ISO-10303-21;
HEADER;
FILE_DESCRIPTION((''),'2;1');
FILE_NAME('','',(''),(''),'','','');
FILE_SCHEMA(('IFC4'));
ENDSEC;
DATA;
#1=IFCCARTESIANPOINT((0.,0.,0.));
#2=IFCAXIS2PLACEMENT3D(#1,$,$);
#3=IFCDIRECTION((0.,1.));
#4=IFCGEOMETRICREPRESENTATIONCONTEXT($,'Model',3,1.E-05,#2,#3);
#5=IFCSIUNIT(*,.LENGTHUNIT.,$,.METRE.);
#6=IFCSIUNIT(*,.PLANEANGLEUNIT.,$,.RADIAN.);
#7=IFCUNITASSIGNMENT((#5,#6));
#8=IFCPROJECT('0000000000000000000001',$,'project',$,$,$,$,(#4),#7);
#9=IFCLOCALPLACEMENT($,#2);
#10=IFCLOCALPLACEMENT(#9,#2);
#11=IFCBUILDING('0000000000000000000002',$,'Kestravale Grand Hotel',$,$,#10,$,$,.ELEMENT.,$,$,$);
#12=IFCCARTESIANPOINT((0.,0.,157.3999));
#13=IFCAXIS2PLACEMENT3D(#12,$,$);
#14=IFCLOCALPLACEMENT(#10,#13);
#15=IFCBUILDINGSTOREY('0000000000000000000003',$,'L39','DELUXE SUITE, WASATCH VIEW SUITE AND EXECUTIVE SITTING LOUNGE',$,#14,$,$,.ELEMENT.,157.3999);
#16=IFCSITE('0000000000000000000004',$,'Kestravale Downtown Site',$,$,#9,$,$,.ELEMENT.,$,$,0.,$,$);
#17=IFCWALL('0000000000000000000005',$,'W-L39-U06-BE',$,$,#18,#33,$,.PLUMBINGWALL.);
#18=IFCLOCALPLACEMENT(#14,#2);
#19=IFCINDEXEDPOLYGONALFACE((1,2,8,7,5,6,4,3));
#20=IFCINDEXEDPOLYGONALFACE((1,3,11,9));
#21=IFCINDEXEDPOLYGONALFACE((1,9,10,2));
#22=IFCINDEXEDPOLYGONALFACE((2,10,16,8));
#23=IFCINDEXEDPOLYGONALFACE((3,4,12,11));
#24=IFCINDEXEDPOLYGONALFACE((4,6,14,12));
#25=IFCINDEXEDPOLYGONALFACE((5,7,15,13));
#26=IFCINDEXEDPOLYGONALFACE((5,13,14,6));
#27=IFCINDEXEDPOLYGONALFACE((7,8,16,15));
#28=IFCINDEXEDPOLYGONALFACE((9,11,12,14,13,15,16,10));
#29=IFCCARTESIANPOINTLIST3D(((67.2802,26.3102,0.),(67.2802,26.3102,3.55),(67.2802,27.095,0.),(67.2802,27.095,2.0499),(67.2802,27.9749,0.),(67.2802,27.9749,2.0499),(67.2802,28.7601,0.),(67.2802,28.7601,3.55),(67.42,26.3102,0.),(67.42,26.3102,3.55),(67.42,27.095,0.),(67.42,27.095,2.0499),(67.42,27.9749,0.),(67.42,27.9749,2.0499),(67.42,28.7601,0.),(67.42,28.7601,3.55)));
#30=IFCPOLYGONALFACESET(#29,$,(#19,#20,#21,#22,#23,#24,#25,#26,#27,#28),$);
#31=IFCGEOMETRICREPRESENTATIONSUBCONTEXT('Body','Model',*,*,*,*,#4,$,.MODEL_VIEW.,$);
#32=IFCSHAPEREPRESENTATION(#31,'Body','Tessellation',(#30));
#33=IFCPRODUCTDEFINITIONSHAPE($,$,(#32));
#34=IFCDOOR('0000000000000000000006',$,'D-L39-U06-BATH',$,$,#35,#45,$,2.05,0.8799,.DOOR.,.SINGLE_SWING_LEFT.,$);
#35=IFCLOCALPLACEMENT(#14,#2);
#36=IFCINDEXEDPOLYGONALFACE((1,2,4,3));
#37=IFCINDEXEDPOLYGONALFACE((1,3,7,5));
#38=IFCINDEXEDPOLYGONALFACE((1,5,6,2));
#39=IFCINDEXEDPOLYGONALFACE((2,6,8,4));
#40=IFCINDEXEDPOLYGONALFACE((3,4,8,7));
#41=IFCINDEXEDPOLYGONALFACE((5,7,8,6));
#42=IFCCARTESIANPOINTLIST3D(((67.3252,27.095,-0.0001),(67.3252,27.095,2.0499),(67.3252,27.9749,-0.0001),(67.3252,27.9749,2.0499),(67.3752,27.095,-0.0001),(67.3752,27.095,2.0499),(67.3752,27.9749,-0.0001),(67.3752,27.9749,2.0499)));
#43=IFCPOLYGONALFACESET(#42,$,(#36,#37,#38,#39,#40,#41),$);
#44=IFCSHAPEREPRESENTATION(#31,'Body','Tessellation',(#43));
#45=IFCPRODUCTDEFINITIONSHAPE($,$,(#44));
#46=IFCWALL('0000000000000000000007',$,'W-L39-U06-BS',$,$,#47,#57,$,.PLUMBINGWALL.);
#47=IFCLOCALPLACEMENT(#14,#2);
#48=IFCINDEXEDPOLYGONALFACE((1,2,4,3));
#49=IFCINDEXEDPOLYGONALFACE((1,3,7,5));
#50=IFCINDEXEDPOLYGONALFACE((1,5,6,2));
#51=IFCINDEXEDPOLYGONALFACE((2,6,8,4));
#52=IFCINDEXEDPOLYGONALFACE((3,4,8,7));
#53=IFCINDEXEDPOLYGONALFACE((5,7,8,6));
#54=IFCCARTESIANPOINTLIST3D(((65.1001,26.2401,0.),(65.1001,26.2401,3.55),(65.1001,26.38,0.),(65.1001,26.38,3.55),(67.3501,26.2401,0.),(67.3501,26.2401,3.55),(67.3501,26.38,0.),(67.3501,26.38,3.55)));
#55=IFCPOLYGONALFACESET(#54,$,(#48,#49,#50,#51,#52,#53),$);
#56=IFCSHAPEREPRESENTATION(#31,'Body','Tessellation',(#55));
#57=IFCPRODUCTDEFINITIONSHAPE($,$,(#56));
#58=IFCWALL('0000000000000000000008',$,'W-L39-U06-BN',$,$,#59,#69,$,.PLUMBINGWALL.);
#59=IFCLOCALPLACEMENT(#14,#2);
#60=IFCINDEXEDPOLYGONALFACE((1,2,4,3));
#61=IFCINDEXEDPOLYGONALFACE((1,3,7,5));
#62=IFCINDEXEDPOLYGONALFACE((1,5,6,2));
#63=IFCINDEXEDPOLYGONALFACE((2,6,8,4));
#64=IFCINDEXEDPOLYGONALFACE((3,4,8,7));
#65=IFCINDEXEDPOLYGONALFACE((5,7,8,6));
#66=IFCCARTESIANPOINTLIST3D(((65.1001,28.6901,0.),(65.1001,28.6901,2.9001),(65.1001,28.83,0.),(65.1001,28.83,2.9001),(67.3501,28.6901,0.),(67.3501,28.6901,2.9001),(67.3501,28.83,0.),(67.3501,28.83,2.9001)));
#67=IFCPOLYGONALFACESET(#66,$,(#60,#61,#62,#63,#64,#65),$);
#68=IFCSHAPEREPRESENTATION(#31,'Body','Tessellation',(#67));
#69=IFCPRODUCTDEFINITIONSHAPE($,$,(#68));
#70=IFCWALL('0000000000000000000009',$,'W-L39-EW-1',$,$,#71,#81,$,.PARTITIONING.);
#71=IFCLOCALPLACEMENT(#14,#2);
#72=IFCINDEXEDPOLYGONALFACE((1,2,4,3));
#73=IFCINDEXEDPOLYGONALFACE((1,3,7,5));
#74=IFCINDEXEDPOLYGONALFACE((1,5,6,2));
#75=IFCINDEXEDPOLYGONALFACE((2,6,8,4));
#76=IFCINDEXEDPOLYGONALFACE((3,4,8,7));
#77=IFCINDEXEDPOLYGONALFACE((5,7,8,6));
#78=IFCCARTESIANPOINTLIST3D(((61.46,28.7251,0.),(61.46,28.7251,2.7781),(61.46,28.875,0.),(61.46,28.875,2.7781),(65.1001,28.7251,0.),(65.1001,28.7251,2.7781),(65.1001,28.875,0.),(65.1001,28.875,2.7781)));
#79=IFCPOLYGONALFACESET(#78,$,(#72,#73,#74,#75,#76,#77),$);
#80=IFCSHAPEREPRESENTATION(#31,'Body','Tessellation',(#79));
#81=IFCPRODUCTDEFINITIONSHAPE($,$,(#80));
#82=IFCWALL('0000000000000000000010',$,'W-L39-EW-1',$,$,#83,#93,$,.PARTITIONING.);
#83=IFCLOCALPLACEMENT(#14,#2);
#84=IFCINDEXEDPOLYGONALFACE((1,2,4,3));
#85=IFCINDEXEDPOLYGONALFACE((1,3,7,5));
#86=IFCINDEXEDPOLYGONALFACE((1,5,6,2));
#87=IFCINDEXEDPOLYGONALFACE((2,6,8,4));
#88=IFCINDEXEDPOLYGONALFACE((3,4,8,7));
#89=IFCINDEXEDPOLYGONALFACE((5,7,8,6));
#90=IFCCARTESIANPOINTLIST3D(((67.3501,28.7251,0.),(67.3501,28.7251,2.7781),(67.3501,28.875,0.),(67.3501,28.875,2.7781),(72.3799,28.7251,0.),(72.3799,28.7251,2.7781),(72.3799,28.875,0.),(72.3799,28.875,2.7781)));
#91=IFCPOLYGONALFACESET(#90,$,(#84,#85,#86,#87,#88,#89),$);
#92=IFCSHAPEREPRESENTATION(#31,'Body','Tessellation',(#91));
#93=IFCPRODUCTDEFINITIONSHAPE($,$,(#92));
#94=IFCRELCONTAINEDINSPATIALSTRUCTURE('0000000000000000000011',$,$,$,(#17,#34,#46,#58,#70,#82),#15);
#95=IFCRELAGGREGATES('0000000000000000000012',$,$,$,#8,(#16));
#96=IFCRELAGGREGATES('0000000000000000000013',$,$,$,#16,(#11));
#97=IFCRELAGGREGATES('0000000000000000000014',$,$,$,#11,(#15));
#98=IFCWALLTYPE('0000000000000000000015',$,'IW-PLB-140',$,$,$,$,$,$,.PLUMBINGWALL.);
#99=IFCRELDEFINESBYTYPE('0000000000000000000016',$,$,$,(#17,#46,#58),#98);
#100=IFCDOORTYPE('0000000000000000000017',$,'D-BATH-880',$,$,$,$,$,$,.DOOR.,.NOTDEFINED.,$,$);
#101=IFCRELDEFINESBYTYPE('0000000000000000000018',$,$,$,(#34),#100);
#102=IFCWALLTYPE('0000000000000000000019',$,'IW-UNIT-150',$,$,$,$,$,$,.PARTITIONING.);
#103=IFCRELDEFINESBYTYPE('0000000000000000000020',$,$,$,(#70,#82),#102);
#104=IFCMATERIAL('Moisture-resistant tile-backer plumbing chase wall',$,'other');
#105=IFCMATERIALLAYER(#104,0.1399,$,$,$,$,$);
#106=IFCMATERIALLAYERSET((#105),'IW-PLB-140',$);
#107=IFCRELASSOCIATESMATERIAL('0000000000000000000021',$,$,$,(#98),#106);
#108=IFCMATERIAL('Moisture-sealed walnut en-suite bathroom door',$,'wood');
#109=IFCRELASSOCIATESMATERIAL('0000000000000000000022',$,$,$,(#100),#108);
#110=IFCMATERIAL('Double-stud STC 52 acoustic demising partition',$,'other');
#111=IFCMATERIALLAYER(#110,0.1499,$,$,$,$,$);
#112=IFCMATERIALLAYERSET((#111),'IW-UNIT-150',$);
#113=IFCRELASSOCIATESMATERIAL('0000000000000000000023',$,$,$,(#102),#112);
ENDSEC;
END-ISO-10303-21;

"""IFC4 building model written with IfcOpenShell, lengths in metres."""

from ifc_helpers import new_model, si_unit, direction, frame, frame_2d, origin, place, context, subcontext, project, spatial, rectangle, extrude, material, layer, layer_set, type_object, element, fill, save


model = new_model("IFC4")

# Units and contexts
model_context = context("Model", 3, precision=1e-05, world=origin(), true_north=direction((0.0, 1.0)))
body_context = subcontext(model_context, "Body", "Model", "MODEL_VIEW")
ifc_project = project(units=[si_unit("LENGTHUNIT", "METRE"), si_unit("PLANEANGLEUNIT", "RADIAN")], contexts=[model_context])

# Site, building, storey
site_placement = place(None, origin())
site = spatial("IfcSite", under=ifc_project, at=site_placement, Name="Kestravale Downtown Site", CompositionType="ELEMENT", RefElevation=0.0)
building_placement = place(site_placement, origin())
building = spatial("IfcBuilding", under=site, at=building_placement, Name="Kestravale Grand Hotel", CompositionType="ELEMENT")
storey_placement = place(building_placement, frame((0.0, 0.0, 157.3999)))
storey = spatial("IfcBuildingStorey", under=building, at=storey_placement, Name="L39", Description="DELUXE SUITE, WASATCH VIEW SUITE AND EXECUTIVE SITTING LOUNGE", CompositionType="ELEMENT", Elevation=157.3999)

# Shared definitions
ifc_material_1 = material(Name="Moisture-resistant tile-backer plumbing chase wall", Category="other")
ifc_layer_1 = layer(ifc_material_1, 0.1399)
ifc_layer_set_1 = layer_set([ifc_layer_1], Name="IW-PLB-140")
wall_type_1 = type_object("IfcWallType", Name="IW-PLB-140", PredefinedType="PLUMBINGWALL", material=ifc_layer_set_1)

# Wall, opening, door
wall_1_placement = place(storey_placement, frame((67.3501, 26.3101, 0.0), z_axis=(0.0, 0.0, 1.0), x_axis=(0.0, 1.0, 0.0)))
wall_1 = element("IfcWall", 1, at=wall_1_placement, inside=storey, type_object=wall_type_1, Name="W-L39-U06-BE", PredefinedType="PLUMBINGWALL", context=body_context, shape_type="SweptSolid", body=[
    extrude(rectangle(XDim=2.45, YDim=0.1399, at=frame_2d((1.2251, 0.0))), origin(), (0.0, 0.0, 1.0), 3.55),
])
opening_placement = place(wall_1_placement, frame((0.7849, 0.0, 0.0)))
opening = element("IfcOpeningElement", 2, at=opening_placement, cuts=wall_1, PredefinedType="OPENING", context=body_context, shape_type="SweptSolid", body=[
    extrude(rectangle(XDim=0.8799, YDim=2.05, at=frame_2d((0.4399, 1.0249))), frame((0.0, 0.0798, 0.0), z_axis=(0.0, -1.0, 0.0), x_axis=(1.0, 0.0, 0.0)), (0.0, 0.0, 1.0), 0.1599),
])
ifc_material_2 = material(Name="Moisture-sealed walnut en-suite bathroom door", Category="wood")
door_type = type_object("IfcDoorType", Name="D-BATH-880", OperationType="NOTDEFINED", PredefinedType="DOOR", material=ifc_material_2)
door_placement = place(opening_placement, origin())
door = element("IfcDoor", 3, at=door_placement, inside=storey, type_object=door_type, Name="D-L39-U06-BATH", OperationType="SINGLE_SWING_LEFT", OverallHeight=2.05, OverallWidth=0.8799, PredefinedType="DOOR", context=body_context, shape_type="SweptSolid", body=[
    extrude(rectangle(XDim=0.8799, YDim=2.05, at=frame_2d((0.4399, 1.0249))), frame((0.0, 0.0249, 0.0), z_axis=(0.0, -1.0, 0.0), x_axis=(1.0, 0.0, 0.0)), (0.0, 0.0, 1.0), 0.05),
])
fill(opening, door)

# Walls
wall_2_placement = place(storey_placement, frame((65.1001, 26.3101, 0.0), z_axis=(0.0, 0.0, 1.0), x_axis=(1.0, 0.0, 0.0)))
element("IfcWall", 4, at=wall_2_placement, inside=storey, type_object=wall_type_1, Name="W-L39-U06-BS", PredefinedType="PLUMBINGWALL", context=body_context, shape_type="SweptSolid", body=[
    extrude(rectangle(XDim=2.25, YDim=0.1399, at=frame_2d((1.125, 0.0))), origin(), (0.0, 0.0, 1.0), 3.55),
])
wall_3_placement = place(storey_placement, frame((65.1001, 28.76, 0.0), z_axis=(0.0, 0.0, 1.0), x_axis=(1.0, 0.0, 0.0)))
element("IfcWall", 5, at=wall_3_placement, inside=storey, type_object=wall_type_1, Name="W-L39-U06-BN", PredefinedType="PLUMBINGWALL", context=body_context, shape_type="SweptSolid", body=[
    extrude(rectangle(XDim=2.25, YDim=0.1399, at=frame_2d((1.125, 0.0))), origin(), (0.0, 0.0, 1.0), 2.9001),
])
ifc_material_3 = material(Name="Double-stud STC 52 acoustic demising partition", Category="other")
ifc_layer_2 = layer(ifc_material_3, 0.1499)
ifc_layer_set_2 = layer_set([ifc_layer_2], Name="IW-UNIT-150")
wall_type_2 = type_object("IfcWallType", Name="IW-UNIT-150", PredefinedType="PARTITIONING", material=ifc_layer_set_2)
wall_4_placement = place(storey_placement, frame((61.46, 28.8, 0.0), z_axis=(0.0, 0.0, 1.0), x_axis=(1.0, 0.0, 0.0)))
element("IfcWall", 6, at=wall_4_placement, inside=storey, type_object=wall_type_2, Name="W-L39-EW-1", PredefinedType="PARTITIONING", context=body_context, shape_type="SweptSolid", body=[
    extrude(rectangle(XDim=3.6401, YDim=0.1499, at=frame_2d((1.8201, 0.0))), origin(), (0.0, 0.0, 1.0), 2.7781),
])
wall_5_placement = place(storey_placement, frame((67.3501, 28.8, 0.0), z_axis=(0.0, 0.0, 1.0), x_axis=(1.0, 0.0, 0.0)))
element("IfcWall", 7, at=wall_5_placement, inside=storey, type_object=wall_type_2, Name="W-L39-EW-1", PredefinedType="PARTITIONING", context=body_context, shape_type="SweptSolid", body=[
    extrude(rectangle(XDim=5.0298, YDim=0.1499, at=frame_2d((2.5149, 0.0))), origin(), (0.0, 0.0, 1.0), 2.7781),
])

save(model, "model.ifc")
